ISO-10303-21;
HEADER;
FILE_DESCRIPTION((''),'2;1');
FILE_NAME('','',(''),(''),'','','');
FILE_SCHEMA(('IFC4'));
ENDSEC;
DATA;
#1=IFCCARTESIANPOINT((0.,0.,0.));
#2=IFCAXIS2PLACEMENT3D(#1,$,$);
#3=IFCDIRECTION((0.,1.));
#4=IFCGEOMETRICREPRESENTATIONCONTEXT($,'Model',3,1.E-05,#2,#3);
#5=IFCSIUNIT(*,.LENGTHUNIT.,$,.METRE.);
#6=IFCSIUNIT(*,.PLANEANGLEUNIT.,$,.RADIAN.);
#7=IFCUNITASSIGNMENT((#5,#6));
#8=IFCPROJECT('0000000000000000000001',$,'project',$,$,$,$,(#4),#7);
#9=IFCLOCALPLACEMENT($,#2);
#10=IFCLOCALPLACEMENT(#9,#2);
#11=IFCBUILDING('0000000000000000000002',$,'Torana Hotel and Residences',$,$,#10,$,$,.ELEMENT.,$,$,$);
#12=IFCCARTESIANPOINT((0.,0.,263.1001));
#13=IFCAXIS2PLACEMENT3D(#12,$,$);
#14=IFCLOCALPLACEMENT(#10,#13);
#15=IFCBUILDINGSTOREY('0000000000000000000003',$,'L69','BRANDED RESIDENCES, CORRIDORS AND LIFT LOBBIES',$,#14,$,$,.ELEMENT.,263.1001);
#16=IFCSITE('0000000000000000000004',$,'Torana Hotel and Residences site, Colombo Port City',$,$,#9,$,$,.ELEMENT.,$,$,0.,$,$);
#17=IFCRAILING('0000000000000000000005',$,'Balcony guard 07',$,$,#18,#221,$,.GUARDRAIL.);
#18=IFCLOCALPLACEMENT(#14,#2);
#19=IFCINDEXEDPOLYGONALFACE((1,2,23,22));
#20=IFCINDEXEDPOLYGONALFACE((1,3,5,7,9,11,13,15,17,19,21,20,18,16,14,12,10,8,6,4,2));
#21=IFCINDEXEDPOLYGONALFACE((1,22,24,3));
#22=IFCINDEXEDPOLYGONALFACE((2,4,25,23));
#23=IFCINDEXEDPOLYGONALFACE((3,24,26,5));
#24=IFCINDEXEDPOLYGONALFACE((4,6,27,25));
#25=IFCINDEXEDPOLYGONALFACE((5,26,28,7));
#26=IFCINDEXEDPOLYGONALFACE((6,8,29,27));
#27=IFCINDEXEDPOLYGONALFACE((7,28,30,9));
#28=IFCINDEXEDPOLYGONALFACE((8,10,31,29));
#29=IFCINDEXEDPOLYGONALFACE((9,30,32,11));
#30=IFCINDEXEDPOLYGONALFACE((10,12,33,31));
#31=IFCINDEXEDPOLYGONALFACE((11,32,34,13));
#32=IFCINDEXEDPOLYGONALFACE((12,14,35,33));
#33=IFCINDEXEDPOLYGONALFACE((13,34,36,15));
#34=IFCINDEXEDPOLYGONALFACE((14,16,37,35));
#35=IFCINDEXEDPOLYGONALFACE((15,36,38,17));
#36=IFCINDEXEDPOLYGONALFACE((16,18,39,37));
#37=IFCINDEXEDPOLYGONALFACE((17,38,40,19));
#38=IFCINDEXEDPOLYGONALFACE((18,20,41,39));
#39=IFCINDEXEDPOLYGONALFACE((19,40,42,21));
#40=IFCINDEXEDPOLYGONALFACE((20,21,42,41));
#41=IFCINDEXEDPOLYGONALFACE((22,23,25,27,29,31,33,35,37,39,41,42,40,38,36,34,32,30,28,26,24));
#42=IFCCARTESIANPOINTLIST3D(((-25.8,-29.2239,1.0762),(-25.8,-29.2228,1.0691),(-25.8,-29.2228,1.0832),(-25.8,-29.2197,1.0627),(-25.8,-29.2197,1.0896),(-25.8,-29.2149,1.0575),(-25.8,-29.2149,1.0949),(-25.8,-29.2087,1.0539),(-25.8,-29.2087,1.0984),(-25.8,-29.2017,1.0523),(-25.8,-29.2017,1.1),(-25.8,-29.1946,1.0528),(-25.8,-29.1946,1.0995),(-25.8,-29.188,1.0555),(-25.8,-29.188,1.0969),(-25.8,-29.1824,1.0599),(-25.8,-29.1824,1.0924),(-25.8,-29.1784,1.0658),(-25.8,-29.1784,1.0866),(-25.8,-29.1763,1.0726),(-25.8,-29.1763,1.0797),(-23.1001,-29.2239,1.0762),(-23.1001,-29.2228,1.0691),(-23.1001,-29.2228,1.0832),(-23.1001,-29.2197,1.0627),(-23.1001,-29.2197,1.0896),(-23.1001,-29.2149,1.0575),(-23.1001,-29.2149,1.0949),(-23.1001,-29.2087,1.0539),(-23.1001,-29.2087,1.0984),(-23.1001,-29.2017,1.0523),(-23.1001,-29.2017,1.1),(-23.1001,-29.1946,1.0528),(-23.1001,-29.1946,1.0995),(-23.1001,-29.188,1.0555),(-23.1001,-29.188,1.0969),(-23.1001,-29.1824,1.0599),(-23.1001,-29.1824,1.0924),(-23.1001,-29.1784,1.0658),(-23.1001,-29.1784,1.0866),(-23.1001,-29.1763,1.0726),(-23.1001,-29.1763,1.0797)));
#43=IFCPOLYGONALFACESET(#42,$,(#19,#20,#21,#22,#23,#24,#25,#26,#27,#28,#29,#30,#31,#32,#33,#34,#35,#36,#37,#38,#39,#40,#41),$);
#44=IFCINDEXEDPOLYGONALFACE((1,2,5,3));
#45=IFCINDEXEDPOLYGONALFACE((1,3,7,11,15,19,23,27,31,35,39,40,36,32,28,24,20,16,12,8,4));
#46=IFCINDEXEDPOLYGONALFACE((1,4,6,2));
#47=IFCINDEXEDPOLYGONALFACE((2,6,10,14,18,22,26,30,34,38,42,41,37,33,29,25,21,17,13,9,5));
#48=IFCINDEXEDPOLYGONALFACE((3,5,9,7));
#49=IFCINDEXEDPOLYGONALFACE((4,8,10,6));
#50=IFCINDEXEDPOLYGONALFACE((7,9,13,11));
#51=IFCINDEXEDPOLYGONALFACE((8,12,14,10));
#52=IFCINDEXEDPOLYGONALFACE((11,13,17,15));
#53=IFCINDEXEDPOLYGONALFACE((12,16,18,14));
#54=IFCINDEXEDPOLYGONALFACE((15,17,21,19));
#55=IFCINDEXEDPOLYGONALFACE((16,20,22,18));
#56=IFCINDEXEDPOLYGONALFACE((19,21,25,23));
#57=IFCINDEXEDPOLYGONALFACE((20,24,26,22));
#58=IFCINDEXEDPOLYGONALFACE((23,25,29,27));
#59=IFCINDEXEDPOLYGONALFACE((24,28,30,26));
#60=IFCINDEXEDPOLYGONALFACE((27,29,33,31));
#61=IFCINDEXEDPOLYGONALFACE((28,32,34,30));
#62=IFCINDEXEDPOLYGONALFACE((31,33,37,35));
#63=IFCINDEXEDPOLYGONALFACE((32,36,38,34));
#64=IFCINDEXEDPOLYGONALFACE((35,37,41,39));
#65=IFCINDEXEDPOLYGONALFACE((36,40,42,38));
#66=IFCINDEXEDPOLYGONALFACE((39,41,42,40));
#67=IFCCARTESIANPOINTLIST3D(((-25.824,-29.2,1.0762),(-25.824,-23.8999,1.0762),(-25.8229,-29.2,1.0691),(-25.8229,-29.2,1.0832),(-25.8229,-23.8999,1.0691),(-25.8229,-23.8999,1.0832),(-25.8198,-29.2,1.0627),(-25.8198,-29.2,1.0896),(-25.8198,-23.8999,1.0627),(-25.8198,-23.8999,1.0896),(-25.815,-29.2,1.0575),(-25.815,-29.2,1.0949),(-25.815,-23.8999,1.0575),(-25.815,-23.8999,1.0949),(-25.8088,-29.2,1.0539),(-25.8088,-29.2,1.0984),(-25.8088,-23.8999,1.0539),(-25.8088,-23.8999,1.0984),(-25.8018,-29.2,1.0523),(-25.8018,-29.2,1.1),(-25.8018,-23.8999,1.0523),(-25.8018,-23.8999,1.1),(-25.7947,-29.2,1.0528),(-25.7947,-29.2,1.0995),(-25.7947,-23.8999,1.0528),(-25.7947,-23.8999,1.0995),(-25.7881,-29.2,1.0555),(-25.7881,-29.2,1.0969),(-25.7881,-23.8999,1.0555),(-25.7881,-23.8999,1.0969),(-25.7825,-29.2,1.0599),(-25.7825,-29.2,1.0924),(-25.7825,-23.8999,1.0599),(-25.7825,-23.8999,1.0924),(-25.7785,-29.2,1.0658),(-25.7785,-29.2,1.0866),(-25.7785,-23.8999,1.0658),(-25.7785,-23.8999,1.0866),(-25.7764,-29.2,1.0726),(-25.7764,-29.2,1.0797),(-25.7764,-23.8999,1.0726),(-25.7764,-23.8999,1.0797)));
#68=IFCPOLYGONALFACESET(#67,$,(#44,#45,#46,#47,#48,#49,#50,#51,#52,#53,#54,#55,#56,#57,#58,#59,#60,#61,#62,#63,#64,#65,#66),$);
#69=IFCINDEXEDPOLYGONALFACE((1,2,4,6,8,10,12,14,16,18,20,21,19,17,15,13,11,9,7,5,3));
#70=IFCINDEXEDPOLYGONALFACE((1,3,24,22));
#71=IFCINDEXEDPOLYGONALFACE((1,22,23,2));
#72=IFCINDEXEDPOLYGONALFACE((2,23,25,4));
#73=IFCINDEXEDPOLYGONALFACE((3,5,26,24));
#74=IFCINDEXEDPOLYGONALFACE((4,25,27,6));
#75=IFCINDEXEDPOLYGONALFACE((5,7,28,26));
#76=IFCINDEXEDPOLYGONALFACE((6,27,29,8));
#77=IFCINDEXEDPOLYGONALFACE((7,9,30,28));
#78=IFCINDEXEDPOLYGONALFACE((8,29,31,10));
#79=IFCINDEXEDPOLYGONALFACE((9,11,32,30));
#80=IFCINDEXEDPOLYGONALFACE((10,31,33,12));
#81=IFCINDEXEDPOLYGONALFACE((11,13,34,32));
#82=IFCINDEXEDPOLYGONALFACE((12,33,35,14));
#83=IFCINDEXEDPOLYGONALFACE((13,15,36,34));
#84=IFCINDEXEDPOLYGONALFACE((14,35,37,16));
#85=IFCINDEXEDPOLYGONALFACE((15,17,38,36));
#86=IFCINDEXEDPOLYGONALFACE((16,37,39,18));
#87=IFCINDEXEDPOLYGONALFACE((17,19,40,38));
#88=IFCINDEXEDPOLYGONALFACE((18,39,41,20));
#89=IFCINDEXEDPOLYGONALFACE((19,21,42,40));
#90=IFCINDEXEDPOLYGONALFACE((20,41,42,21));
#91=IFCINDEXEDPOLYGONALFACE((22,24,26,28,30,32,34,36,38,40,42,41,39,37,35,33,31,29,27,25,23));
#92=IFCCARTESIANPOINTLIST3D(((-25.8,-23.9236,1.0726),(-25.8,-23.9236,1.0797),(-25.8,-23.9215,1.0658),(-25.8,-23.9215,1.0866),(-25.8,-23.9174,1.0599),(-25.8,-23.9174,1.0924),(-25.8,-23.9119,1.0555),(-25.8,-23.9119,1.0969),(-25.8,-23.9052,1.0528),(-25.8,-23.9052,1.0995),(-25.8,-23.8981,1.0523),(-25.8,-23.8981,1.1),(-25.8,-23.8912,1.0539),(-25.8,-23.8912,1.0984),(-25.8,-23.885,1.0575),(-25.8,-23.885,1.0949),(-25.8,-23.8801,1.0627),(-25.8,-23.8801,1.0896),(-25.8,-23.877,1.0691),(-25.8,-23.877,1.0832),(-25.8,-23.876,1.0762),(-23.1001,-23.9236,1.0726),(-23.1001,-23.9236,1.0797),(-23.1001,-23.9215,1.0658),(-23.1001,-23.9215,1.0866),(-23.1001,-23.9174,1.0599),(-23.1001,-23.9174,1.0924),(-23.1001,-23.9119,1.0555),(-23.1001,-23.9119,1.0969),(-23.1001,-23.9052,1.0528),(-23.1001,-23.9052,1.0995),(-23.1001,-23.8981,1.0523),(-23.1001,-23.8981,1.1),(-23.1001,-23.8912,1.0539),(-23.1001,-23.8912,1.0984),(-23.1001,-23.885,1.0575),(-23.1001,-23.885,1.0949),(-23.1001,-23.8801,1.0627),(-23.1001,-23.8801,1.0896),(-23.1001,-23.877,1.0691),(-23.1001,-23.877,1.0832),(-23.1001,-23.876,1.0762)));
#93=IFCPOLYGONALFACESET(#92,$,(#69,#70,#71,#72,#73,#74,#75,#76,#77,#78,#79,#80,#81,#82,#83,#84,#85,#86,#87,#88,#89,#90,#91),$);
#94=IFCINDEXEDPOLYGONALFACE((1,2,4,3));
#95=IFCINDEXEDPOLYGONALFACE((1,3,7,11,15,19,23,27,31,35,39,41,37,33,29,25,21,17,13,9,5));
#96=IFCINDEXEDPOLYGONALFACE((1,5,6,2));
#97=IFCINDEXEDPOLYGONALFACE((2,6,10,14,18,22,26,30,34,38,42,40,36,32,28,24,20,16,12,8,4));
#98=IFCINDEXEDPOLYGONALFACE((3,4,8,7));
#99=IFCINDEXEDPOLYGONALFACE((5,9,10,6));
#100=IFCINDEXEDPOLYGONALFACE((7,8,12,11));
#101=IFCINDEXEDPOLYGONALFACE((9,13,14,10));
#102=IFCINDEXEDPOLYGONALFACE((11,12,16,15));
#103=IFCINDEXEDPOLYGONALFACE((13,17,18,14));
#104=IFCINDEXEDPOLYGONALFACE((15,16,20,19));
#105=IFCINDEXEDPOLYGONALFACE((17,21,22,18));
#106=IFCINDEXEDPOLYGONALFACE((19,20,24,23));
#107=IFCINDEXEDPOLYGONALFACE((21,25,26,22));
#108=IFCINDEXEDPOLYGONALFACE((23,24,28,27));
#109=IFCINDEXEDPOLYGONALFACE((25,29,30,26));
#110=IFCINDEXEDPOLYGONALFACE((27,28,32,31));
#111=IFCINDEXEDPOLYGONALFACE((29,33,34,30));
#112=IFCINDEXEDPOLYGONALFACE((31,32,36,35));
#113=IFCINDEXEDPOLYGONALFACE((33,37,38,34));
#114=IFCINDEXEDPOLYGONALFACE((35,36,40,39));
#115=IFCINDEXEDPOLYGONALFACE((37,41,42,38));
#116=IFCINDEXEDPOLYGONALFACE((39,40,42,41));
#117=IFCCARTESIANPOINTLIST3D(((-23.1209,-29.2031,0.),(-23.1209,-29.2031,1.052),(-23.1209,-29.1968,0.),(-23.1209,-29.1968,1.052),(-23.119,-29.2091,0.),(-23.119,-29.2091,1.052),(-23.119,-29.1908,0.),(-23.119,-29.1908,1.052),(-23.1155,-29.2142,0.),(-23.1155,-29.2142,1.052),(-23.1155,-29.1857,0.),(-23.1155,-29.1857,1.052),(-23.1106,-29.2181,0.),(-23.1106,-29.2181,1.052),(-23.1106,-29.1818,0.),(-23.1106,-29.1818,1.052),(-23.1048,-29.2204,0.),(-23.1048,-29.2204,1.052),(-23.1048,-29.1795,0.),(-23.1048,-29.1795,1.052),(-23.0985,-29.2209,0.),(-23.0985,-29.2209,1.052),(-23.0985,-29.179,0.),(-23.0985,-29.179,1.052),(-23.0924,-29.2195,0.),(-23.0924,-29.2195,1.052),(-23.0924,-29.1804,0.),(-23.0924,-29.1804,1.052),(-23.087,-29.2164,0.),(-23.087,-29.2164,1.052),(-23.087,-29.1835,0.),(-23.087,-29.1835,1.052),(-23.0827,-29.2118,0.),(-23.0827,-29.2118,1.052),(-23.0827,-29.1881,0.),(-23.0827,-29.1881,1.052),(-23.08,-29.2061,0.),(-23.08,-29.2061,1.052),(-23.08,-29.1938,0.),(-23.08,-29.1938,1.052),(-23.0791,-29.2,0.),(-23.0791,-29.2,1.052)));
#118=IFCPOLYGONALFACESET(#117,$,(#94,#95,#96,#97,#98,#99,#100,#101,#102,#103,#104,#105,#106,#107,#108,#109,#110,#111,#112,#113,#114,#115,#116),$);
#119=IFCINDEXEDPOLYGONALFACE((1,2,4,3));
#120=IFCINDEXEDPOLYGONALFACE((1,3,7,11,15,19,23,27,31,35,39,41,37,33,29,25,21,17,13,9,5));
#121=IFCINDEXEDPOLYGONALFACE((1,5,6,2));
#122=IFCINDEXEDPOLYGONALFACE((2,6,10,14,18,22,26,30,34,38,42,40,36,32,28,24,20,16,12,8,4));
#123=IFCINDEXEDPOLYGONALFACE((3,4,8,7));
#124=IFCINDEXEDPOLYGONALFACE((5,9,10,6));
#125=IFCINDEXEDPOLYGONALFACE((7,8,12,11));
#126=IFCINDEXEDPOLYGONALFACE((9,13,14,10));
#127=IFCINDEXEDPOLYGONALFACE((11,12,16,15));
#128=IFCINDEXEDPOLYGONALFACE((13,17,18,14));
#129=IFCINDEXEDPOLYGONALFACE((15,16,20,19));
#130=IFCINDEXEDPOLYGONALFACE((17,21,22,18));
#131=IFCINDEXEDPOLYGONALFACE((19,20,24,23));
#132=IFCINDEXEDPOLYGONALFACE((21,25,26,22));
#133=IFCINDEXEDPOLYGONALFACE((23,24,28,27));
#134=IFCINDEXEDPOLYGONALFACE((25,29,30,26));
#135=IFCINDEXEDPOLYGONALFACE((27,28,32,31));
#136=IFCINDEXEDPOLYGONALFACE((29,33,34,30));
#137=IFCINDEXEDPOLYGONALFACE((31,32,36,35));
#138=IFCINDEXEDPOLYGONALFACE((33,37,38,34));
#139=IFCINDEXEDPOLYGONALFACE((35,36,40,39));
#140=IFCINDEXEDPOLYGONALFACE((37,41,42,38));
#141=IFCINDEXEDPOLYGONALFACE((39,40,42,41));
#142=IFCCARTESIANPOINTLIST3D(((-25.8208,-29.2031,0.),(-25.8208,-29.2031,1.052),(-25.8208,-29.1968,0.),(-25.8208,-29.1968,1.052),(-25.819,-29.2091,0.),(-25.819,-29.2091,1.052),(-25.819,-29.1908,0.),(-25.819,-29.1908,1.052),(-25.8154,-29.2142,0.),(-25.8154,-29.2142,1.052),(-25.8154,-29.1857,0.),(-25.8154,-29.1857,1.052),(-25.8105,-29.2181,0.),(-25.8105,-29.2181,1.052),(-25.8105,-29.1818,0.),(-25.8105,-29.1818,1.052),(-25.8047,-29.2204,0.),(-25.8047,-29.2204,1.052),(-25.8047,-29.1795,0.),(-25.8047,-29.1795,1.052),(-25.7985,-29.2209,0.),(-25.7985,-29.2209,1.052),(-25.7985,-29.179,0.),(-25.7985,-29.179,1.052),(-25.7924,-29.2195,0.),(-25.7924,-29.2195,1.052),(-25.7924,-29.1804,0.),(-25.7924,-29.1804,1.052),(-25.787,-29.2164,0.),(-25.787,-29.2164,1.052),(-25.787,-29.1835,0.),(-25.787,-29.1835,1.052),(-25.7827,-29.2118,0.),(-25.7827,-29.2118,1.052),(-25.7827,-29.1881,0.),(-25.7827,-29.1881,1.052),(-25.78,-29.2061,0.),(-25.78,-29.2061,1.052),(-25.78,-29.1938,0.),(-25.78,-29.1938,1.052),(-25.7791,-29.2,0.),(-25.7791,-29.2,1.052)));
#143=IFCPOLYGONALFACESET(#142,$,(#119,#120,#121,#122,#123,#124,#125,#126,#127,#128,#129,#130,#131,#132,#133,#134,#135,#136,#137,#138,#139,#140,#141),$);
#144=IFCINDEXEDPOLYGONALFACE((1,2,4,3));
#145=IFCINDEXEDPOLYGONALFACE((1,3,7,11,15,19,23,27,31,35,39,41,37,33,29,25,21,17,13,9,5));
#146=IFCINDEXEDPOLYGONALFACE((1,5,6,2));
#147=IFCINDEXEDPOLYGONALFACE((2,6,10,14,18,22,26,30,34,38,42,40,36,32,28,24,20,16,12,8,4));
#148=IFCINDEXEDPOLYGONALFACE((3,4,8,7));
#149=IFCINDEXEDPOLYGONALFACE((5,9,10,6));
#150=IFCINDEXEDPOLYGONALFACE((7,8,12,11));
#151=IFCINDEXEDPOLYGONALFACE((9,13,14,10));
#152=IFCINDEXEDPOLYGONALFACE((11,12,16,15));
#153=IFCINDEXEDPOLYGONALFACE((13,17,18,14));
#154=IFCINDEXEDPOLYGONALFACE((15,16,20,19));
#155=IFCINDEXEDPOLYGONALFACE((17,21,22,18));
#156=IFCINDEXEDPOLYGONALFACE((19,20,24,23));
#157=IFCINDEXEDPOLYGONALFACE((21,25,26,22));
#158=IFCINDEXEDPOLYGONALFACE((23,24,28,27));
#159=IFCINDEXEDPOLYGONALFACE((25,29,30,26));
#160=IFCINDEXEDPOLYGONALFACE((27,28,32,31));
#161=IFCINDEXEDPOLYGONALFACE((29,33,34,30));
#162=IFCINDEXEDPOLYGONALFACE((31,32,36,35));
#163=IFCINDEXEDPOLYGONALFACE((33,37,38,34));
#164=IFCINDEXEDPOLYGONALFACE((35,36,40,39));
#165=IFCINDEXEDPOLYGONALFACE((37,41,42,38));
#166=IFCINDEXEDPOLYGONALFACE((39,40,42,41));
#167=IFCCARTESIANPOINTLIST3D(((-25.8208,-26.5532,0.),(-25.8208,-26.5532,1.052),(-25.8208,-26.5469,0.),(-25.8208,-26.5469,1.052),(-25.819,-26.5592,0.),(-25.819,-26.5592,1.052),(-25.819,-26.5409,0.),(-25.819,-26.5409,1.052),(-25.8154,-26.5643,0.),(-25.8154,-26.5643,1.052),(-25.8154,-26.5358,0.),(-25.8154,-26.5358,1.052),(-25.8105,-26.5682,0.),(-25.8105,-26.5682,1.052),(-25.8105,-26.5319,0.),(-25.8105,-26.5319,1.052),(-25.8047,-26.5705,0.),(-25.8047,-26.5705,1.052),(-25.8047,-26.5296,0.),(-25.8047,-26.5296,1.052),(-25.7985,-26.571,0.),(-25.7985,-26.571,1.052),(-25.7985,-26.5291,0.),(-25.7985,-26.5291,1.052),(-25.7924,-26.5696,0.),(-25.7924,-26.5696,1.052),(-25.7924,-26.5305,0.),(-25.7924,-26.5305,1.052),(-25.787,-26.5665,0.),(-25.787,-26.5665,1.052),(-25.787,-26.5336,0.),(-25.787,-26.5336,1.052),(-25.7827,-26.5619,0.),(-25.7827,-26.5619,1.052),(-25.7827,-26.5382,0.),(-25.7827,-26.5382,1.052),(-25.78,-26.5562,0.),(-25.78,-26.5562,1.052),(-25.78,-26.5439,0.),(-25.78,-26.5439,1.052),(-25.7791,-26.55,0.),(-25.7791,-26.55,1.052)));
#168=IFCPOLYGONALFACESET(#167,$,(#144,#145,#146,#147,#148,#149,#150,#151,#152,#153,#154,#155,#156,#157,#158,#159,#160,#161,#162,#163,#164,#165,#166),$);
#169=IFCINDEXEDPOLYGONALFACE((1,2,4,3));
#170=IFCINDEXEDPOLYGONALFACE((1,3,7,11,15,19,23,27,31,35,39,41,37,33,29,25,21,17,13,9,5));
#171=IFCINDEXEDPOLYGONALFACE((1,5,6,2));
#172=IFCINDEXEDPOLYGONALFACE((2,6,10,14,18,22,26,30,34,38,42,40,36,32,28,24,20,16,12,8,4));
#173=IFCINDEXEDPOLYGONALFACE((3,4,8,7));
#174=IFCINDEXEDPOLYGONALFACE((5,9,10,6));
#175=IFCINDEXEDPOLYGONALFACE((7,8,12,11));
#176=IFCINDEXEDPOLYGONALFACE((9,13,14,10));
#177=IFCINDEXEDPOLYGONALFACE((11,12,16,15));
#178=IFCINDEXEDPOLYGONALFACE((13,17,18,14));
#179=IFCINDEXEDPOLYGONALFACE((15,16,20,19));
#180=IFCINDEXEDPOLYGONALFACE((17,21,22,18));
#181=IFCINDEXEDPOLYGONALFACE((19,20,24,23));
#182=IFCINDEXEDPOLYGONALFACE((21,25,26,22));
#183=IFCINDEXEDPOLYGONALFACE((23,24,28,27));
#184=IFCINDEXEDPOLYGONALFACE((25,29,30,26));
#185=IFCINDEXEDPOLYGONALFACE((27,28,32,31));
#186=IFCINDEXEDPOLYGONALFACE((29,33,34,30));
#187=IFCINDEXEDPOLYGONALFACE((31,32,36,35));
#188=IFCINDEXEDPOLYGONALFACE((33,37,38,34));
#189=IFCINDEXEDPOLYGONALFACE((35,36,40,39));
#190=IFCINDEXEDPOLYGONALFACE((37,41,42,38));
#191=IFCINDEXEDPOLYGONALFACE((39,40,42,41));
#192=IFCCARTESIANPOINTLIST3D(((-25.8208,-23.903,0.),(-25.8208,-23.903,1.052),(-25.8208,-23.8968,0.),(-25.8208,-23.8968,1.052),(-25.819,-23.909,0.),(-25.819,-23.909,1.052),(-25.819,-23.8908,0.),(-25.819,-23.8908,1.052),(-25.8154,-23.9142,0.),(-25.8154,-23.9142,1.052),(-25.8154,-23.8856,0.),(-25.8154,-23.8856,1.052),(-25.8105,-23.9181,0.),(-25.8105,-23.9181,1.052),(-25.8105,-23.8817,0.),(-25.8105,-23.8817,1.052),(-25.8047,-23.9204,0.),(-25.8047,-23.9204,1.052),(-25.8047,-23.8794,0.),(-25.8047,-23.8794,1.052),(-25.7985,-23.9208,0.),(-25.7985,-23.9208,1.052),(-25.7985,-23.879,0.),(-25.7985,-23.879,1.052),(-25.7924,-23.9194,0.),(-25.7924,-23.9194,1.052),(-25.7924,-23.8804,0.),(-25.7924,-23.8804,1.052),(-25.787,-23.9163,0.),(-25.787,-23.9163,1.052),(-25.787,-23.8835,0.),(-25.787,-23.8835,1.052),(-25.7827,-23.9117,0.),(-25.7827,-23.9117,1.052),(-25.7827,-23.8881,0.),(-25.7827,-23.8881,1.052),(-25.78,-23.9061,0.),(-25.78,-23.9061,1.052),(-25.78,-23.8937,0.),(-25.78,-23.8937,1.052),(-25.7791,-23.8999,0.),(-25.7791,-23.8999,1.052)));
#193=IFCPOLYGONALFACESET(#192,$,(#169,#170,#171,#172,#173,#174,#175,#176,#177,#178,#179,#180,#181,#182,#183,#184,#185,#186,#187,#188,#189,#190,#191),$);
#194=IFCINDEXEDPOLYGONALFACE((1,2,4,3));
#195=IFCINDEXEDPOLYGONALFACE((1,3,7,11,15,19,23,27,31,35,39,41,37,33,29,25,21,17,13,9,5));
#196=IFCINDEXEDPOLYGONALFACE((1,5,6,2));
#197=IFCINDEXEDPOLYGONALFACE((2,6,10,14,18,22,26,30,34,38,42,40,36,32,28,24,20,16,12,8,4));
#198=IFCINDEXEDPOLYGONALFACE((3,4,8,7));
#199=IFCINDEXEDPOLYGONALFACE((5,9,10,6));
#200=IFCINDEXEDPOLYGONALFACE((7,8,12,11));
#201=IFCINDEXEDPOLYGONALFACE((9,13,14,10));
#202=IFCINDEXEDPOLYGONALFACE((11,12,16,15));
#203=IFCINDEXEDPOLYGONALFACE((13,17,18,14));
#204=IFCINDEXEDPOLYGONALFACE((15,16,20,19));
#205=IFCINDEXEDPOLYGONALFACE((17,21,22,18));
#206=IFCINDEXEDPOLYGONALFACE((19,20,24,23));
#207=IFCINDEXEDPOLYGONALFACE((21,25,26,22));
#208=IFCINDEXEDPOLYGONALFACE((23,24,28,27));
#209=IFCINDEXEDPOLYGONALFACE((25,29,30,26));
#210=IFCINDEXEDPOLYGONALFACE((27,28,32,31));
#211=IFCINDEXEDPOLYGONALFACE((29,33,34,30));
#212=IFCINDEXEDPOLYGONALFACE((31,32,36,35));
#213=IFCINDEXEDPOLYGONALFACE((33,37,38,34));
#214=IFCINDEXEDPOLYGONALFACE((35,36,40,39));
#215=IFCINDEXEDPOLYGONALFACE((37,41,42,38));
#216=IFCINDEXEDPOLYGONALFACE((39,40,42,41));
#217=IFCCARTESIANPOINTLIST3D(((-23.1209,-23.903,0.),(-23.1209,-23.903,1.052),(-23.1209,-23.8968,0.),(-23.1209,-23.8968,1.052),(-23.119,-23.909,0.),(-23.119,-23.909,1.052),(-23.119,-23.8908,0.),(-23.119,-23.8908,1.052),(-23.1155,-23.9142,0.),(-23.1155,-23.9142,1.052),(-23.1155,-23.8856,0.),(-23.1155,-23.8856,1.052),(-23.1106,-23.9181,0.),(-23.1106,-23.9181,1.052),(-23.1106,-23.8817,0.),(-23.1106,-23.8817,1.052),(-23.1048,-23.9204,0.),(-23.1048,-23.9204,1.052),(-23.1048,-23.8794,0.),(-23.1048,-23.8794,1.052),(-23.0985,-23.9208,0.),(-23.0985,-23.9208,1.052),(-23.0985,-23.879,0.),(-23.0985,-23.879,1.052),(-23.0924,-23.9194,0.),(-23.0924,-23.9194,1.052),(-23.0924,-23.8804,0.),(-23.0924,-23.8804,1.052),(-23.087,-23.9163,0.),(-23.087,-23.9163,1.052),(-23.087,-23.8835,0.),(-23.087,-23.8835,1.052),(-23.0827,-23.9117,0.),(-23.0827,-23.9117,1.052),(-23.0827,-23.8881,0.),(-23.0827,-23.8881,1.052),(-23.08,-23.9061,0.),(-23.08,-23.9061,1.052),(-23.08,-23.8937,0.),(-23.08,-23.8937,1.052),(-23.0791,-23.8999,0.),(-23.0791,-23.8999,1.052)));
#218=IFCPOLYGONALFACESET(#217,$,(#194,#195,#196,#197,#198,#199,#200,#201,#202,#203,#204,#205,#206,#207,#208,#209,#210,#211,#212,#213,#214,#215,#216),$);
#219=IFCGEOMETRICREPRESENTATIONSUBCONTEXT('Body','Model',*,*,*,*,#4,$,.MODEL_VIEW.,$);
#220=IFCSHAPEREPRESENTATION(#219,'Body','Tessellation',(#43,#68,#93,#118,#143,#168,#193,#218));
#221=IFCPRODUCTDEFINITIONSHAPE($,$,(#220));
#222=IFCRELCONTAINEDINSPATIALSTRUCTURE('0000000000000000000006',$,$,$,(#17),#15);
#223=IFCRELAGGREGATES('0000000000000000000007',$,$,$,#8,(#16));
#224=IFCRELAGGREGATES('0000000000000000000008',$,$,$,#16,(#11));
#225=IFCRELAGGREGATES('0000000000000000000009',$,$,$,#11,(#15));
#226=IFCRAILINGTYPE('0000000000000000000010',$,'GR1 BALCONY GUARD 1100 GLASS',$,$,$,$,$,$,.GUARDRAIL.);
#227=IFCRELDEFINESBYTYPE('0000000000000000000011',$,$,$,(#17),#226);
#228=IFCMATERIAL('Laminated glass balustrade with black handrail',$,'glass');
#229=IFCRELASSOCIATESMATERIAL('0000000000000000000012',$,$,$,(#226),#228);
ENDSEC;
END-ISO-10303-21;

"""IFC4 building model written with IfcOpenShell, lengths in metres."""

from ifc_helpers import new_model, si_unit, direction, frame, origin, origin_2d, place, context, subcontext, project, spatial, circle, extrude, material, type_object, element, save


model = new_model("IFC4")

# Units and contexts
model_context = context("Model", 3, precision=1e-05, world=origin(), true_north=direction((0.0, 1.0)))
body_context = subcontext(model_context, "Body", "Model", "MODEL_VIEW")
ifc_project = project(units=[si_unit("LENGTHUNIT", "METRE"), si_unit("PLANEANGLEUNIT", "RADIAN")], contexts=[model_context])

# Site, building, storey
site_placement = place(None, origin())
site = spatial("IfcSite", under=ifc_project, at=site_placement, Name="Torana Hotel and Residences site, Colombo Port City", CompositionType="ELEMENT", RefElevation=0.0)
building_placement = place(site_placement, origin())
building = spatial("IfcBuilding", under=site, at=building_placement, Name="Torana Hotel and Residences", CompositionType="ELEMENT")
storey_placement = place(building_placement, frame((0.0, 0.0, 263.1001)))
storey = spatial("IfcBuildingStorey", under=building, at=storey_placement, Name="L69", Description="BRANDED RESIDENCES, CORRIDORS AND LIFT LOBBIES", CompositionType="ELEMENT", Elevation=263.1001)

# Railing
ifc_material_1 = material(Name="Laminated glass balustrade with black handrail", Category="glass")
railing_type = type_object("IfcRailingType", Name="GR1 BALCONY GUARD 1100 GLASS", PredefinedType="GUARDRAIL", material=ifc_material_1)
railing_placement = place(storey_placement, frame((-23.1001, -29.2, 0.0)))
element("IfcRailing", 1, at=railing_placement, inside=storey, type_object=railing_type, Name="Balcony guard 07", PredefinedType="GUARDRAIL", context=body_context, shape_type="SweptSolid", body=[
    extrude(circle(Radius=0.0239, at=origin_2d()), frame((0.0, 0.0, 1.0762), z_axis=(-1.0, 0.0, 0.0), x_axis=(0.0, -1.0, 0.0)), (0.0, 0.0, 1.0), 2.7),
    extrude(circle(Radius=0.0239, at=origin_2d()), frame((-2.7, 0.0, 1.0762), z_axis=(0.0, 1.0, 0.0), x_axis=(-1.0, 0.0, 0.0)), (0.0, 0.0, 1.0), 5.3),
    extrude(circle(Radius=0.0239, at=origin_2d()), frame((-2.7, 5.3, 1.0762), z_axis=(1.0, 0.0, 0.0), x_axis=(0.0, 1.0, 0.0)), (0.0, 0.0, 1.0), 2.7),
    extrude(circle(Radius=0.021, at=origin_2d()), origin(), (0.0, 0.0, 1.0), 1.052),
    extrude(circle(Radius=0.021, at=origin_2d()), frame((-2.7, 0.0, 0.0)), (0.0, 0.0, 1.0), 1.052),
    extrude(circle(Radius=0.021, at=origin_2d()), frame((-2.7, 2.6499, 0.0)), (0.0, 0.0, 1.0), 1.052),
    extrude(circle(Radius=0.021, at=origin_2d()), frame((-2.7, 5.3, 0.0)), (0.0, 0.0, 1.0), 1.052),
    extrude(circle(Radius=0.021, at=origin_2d()), frame((0.0, 5.3, 0.0)), (0.0, 0.0, 1.0), 1.052),
])

save(model, "model.ifc")
